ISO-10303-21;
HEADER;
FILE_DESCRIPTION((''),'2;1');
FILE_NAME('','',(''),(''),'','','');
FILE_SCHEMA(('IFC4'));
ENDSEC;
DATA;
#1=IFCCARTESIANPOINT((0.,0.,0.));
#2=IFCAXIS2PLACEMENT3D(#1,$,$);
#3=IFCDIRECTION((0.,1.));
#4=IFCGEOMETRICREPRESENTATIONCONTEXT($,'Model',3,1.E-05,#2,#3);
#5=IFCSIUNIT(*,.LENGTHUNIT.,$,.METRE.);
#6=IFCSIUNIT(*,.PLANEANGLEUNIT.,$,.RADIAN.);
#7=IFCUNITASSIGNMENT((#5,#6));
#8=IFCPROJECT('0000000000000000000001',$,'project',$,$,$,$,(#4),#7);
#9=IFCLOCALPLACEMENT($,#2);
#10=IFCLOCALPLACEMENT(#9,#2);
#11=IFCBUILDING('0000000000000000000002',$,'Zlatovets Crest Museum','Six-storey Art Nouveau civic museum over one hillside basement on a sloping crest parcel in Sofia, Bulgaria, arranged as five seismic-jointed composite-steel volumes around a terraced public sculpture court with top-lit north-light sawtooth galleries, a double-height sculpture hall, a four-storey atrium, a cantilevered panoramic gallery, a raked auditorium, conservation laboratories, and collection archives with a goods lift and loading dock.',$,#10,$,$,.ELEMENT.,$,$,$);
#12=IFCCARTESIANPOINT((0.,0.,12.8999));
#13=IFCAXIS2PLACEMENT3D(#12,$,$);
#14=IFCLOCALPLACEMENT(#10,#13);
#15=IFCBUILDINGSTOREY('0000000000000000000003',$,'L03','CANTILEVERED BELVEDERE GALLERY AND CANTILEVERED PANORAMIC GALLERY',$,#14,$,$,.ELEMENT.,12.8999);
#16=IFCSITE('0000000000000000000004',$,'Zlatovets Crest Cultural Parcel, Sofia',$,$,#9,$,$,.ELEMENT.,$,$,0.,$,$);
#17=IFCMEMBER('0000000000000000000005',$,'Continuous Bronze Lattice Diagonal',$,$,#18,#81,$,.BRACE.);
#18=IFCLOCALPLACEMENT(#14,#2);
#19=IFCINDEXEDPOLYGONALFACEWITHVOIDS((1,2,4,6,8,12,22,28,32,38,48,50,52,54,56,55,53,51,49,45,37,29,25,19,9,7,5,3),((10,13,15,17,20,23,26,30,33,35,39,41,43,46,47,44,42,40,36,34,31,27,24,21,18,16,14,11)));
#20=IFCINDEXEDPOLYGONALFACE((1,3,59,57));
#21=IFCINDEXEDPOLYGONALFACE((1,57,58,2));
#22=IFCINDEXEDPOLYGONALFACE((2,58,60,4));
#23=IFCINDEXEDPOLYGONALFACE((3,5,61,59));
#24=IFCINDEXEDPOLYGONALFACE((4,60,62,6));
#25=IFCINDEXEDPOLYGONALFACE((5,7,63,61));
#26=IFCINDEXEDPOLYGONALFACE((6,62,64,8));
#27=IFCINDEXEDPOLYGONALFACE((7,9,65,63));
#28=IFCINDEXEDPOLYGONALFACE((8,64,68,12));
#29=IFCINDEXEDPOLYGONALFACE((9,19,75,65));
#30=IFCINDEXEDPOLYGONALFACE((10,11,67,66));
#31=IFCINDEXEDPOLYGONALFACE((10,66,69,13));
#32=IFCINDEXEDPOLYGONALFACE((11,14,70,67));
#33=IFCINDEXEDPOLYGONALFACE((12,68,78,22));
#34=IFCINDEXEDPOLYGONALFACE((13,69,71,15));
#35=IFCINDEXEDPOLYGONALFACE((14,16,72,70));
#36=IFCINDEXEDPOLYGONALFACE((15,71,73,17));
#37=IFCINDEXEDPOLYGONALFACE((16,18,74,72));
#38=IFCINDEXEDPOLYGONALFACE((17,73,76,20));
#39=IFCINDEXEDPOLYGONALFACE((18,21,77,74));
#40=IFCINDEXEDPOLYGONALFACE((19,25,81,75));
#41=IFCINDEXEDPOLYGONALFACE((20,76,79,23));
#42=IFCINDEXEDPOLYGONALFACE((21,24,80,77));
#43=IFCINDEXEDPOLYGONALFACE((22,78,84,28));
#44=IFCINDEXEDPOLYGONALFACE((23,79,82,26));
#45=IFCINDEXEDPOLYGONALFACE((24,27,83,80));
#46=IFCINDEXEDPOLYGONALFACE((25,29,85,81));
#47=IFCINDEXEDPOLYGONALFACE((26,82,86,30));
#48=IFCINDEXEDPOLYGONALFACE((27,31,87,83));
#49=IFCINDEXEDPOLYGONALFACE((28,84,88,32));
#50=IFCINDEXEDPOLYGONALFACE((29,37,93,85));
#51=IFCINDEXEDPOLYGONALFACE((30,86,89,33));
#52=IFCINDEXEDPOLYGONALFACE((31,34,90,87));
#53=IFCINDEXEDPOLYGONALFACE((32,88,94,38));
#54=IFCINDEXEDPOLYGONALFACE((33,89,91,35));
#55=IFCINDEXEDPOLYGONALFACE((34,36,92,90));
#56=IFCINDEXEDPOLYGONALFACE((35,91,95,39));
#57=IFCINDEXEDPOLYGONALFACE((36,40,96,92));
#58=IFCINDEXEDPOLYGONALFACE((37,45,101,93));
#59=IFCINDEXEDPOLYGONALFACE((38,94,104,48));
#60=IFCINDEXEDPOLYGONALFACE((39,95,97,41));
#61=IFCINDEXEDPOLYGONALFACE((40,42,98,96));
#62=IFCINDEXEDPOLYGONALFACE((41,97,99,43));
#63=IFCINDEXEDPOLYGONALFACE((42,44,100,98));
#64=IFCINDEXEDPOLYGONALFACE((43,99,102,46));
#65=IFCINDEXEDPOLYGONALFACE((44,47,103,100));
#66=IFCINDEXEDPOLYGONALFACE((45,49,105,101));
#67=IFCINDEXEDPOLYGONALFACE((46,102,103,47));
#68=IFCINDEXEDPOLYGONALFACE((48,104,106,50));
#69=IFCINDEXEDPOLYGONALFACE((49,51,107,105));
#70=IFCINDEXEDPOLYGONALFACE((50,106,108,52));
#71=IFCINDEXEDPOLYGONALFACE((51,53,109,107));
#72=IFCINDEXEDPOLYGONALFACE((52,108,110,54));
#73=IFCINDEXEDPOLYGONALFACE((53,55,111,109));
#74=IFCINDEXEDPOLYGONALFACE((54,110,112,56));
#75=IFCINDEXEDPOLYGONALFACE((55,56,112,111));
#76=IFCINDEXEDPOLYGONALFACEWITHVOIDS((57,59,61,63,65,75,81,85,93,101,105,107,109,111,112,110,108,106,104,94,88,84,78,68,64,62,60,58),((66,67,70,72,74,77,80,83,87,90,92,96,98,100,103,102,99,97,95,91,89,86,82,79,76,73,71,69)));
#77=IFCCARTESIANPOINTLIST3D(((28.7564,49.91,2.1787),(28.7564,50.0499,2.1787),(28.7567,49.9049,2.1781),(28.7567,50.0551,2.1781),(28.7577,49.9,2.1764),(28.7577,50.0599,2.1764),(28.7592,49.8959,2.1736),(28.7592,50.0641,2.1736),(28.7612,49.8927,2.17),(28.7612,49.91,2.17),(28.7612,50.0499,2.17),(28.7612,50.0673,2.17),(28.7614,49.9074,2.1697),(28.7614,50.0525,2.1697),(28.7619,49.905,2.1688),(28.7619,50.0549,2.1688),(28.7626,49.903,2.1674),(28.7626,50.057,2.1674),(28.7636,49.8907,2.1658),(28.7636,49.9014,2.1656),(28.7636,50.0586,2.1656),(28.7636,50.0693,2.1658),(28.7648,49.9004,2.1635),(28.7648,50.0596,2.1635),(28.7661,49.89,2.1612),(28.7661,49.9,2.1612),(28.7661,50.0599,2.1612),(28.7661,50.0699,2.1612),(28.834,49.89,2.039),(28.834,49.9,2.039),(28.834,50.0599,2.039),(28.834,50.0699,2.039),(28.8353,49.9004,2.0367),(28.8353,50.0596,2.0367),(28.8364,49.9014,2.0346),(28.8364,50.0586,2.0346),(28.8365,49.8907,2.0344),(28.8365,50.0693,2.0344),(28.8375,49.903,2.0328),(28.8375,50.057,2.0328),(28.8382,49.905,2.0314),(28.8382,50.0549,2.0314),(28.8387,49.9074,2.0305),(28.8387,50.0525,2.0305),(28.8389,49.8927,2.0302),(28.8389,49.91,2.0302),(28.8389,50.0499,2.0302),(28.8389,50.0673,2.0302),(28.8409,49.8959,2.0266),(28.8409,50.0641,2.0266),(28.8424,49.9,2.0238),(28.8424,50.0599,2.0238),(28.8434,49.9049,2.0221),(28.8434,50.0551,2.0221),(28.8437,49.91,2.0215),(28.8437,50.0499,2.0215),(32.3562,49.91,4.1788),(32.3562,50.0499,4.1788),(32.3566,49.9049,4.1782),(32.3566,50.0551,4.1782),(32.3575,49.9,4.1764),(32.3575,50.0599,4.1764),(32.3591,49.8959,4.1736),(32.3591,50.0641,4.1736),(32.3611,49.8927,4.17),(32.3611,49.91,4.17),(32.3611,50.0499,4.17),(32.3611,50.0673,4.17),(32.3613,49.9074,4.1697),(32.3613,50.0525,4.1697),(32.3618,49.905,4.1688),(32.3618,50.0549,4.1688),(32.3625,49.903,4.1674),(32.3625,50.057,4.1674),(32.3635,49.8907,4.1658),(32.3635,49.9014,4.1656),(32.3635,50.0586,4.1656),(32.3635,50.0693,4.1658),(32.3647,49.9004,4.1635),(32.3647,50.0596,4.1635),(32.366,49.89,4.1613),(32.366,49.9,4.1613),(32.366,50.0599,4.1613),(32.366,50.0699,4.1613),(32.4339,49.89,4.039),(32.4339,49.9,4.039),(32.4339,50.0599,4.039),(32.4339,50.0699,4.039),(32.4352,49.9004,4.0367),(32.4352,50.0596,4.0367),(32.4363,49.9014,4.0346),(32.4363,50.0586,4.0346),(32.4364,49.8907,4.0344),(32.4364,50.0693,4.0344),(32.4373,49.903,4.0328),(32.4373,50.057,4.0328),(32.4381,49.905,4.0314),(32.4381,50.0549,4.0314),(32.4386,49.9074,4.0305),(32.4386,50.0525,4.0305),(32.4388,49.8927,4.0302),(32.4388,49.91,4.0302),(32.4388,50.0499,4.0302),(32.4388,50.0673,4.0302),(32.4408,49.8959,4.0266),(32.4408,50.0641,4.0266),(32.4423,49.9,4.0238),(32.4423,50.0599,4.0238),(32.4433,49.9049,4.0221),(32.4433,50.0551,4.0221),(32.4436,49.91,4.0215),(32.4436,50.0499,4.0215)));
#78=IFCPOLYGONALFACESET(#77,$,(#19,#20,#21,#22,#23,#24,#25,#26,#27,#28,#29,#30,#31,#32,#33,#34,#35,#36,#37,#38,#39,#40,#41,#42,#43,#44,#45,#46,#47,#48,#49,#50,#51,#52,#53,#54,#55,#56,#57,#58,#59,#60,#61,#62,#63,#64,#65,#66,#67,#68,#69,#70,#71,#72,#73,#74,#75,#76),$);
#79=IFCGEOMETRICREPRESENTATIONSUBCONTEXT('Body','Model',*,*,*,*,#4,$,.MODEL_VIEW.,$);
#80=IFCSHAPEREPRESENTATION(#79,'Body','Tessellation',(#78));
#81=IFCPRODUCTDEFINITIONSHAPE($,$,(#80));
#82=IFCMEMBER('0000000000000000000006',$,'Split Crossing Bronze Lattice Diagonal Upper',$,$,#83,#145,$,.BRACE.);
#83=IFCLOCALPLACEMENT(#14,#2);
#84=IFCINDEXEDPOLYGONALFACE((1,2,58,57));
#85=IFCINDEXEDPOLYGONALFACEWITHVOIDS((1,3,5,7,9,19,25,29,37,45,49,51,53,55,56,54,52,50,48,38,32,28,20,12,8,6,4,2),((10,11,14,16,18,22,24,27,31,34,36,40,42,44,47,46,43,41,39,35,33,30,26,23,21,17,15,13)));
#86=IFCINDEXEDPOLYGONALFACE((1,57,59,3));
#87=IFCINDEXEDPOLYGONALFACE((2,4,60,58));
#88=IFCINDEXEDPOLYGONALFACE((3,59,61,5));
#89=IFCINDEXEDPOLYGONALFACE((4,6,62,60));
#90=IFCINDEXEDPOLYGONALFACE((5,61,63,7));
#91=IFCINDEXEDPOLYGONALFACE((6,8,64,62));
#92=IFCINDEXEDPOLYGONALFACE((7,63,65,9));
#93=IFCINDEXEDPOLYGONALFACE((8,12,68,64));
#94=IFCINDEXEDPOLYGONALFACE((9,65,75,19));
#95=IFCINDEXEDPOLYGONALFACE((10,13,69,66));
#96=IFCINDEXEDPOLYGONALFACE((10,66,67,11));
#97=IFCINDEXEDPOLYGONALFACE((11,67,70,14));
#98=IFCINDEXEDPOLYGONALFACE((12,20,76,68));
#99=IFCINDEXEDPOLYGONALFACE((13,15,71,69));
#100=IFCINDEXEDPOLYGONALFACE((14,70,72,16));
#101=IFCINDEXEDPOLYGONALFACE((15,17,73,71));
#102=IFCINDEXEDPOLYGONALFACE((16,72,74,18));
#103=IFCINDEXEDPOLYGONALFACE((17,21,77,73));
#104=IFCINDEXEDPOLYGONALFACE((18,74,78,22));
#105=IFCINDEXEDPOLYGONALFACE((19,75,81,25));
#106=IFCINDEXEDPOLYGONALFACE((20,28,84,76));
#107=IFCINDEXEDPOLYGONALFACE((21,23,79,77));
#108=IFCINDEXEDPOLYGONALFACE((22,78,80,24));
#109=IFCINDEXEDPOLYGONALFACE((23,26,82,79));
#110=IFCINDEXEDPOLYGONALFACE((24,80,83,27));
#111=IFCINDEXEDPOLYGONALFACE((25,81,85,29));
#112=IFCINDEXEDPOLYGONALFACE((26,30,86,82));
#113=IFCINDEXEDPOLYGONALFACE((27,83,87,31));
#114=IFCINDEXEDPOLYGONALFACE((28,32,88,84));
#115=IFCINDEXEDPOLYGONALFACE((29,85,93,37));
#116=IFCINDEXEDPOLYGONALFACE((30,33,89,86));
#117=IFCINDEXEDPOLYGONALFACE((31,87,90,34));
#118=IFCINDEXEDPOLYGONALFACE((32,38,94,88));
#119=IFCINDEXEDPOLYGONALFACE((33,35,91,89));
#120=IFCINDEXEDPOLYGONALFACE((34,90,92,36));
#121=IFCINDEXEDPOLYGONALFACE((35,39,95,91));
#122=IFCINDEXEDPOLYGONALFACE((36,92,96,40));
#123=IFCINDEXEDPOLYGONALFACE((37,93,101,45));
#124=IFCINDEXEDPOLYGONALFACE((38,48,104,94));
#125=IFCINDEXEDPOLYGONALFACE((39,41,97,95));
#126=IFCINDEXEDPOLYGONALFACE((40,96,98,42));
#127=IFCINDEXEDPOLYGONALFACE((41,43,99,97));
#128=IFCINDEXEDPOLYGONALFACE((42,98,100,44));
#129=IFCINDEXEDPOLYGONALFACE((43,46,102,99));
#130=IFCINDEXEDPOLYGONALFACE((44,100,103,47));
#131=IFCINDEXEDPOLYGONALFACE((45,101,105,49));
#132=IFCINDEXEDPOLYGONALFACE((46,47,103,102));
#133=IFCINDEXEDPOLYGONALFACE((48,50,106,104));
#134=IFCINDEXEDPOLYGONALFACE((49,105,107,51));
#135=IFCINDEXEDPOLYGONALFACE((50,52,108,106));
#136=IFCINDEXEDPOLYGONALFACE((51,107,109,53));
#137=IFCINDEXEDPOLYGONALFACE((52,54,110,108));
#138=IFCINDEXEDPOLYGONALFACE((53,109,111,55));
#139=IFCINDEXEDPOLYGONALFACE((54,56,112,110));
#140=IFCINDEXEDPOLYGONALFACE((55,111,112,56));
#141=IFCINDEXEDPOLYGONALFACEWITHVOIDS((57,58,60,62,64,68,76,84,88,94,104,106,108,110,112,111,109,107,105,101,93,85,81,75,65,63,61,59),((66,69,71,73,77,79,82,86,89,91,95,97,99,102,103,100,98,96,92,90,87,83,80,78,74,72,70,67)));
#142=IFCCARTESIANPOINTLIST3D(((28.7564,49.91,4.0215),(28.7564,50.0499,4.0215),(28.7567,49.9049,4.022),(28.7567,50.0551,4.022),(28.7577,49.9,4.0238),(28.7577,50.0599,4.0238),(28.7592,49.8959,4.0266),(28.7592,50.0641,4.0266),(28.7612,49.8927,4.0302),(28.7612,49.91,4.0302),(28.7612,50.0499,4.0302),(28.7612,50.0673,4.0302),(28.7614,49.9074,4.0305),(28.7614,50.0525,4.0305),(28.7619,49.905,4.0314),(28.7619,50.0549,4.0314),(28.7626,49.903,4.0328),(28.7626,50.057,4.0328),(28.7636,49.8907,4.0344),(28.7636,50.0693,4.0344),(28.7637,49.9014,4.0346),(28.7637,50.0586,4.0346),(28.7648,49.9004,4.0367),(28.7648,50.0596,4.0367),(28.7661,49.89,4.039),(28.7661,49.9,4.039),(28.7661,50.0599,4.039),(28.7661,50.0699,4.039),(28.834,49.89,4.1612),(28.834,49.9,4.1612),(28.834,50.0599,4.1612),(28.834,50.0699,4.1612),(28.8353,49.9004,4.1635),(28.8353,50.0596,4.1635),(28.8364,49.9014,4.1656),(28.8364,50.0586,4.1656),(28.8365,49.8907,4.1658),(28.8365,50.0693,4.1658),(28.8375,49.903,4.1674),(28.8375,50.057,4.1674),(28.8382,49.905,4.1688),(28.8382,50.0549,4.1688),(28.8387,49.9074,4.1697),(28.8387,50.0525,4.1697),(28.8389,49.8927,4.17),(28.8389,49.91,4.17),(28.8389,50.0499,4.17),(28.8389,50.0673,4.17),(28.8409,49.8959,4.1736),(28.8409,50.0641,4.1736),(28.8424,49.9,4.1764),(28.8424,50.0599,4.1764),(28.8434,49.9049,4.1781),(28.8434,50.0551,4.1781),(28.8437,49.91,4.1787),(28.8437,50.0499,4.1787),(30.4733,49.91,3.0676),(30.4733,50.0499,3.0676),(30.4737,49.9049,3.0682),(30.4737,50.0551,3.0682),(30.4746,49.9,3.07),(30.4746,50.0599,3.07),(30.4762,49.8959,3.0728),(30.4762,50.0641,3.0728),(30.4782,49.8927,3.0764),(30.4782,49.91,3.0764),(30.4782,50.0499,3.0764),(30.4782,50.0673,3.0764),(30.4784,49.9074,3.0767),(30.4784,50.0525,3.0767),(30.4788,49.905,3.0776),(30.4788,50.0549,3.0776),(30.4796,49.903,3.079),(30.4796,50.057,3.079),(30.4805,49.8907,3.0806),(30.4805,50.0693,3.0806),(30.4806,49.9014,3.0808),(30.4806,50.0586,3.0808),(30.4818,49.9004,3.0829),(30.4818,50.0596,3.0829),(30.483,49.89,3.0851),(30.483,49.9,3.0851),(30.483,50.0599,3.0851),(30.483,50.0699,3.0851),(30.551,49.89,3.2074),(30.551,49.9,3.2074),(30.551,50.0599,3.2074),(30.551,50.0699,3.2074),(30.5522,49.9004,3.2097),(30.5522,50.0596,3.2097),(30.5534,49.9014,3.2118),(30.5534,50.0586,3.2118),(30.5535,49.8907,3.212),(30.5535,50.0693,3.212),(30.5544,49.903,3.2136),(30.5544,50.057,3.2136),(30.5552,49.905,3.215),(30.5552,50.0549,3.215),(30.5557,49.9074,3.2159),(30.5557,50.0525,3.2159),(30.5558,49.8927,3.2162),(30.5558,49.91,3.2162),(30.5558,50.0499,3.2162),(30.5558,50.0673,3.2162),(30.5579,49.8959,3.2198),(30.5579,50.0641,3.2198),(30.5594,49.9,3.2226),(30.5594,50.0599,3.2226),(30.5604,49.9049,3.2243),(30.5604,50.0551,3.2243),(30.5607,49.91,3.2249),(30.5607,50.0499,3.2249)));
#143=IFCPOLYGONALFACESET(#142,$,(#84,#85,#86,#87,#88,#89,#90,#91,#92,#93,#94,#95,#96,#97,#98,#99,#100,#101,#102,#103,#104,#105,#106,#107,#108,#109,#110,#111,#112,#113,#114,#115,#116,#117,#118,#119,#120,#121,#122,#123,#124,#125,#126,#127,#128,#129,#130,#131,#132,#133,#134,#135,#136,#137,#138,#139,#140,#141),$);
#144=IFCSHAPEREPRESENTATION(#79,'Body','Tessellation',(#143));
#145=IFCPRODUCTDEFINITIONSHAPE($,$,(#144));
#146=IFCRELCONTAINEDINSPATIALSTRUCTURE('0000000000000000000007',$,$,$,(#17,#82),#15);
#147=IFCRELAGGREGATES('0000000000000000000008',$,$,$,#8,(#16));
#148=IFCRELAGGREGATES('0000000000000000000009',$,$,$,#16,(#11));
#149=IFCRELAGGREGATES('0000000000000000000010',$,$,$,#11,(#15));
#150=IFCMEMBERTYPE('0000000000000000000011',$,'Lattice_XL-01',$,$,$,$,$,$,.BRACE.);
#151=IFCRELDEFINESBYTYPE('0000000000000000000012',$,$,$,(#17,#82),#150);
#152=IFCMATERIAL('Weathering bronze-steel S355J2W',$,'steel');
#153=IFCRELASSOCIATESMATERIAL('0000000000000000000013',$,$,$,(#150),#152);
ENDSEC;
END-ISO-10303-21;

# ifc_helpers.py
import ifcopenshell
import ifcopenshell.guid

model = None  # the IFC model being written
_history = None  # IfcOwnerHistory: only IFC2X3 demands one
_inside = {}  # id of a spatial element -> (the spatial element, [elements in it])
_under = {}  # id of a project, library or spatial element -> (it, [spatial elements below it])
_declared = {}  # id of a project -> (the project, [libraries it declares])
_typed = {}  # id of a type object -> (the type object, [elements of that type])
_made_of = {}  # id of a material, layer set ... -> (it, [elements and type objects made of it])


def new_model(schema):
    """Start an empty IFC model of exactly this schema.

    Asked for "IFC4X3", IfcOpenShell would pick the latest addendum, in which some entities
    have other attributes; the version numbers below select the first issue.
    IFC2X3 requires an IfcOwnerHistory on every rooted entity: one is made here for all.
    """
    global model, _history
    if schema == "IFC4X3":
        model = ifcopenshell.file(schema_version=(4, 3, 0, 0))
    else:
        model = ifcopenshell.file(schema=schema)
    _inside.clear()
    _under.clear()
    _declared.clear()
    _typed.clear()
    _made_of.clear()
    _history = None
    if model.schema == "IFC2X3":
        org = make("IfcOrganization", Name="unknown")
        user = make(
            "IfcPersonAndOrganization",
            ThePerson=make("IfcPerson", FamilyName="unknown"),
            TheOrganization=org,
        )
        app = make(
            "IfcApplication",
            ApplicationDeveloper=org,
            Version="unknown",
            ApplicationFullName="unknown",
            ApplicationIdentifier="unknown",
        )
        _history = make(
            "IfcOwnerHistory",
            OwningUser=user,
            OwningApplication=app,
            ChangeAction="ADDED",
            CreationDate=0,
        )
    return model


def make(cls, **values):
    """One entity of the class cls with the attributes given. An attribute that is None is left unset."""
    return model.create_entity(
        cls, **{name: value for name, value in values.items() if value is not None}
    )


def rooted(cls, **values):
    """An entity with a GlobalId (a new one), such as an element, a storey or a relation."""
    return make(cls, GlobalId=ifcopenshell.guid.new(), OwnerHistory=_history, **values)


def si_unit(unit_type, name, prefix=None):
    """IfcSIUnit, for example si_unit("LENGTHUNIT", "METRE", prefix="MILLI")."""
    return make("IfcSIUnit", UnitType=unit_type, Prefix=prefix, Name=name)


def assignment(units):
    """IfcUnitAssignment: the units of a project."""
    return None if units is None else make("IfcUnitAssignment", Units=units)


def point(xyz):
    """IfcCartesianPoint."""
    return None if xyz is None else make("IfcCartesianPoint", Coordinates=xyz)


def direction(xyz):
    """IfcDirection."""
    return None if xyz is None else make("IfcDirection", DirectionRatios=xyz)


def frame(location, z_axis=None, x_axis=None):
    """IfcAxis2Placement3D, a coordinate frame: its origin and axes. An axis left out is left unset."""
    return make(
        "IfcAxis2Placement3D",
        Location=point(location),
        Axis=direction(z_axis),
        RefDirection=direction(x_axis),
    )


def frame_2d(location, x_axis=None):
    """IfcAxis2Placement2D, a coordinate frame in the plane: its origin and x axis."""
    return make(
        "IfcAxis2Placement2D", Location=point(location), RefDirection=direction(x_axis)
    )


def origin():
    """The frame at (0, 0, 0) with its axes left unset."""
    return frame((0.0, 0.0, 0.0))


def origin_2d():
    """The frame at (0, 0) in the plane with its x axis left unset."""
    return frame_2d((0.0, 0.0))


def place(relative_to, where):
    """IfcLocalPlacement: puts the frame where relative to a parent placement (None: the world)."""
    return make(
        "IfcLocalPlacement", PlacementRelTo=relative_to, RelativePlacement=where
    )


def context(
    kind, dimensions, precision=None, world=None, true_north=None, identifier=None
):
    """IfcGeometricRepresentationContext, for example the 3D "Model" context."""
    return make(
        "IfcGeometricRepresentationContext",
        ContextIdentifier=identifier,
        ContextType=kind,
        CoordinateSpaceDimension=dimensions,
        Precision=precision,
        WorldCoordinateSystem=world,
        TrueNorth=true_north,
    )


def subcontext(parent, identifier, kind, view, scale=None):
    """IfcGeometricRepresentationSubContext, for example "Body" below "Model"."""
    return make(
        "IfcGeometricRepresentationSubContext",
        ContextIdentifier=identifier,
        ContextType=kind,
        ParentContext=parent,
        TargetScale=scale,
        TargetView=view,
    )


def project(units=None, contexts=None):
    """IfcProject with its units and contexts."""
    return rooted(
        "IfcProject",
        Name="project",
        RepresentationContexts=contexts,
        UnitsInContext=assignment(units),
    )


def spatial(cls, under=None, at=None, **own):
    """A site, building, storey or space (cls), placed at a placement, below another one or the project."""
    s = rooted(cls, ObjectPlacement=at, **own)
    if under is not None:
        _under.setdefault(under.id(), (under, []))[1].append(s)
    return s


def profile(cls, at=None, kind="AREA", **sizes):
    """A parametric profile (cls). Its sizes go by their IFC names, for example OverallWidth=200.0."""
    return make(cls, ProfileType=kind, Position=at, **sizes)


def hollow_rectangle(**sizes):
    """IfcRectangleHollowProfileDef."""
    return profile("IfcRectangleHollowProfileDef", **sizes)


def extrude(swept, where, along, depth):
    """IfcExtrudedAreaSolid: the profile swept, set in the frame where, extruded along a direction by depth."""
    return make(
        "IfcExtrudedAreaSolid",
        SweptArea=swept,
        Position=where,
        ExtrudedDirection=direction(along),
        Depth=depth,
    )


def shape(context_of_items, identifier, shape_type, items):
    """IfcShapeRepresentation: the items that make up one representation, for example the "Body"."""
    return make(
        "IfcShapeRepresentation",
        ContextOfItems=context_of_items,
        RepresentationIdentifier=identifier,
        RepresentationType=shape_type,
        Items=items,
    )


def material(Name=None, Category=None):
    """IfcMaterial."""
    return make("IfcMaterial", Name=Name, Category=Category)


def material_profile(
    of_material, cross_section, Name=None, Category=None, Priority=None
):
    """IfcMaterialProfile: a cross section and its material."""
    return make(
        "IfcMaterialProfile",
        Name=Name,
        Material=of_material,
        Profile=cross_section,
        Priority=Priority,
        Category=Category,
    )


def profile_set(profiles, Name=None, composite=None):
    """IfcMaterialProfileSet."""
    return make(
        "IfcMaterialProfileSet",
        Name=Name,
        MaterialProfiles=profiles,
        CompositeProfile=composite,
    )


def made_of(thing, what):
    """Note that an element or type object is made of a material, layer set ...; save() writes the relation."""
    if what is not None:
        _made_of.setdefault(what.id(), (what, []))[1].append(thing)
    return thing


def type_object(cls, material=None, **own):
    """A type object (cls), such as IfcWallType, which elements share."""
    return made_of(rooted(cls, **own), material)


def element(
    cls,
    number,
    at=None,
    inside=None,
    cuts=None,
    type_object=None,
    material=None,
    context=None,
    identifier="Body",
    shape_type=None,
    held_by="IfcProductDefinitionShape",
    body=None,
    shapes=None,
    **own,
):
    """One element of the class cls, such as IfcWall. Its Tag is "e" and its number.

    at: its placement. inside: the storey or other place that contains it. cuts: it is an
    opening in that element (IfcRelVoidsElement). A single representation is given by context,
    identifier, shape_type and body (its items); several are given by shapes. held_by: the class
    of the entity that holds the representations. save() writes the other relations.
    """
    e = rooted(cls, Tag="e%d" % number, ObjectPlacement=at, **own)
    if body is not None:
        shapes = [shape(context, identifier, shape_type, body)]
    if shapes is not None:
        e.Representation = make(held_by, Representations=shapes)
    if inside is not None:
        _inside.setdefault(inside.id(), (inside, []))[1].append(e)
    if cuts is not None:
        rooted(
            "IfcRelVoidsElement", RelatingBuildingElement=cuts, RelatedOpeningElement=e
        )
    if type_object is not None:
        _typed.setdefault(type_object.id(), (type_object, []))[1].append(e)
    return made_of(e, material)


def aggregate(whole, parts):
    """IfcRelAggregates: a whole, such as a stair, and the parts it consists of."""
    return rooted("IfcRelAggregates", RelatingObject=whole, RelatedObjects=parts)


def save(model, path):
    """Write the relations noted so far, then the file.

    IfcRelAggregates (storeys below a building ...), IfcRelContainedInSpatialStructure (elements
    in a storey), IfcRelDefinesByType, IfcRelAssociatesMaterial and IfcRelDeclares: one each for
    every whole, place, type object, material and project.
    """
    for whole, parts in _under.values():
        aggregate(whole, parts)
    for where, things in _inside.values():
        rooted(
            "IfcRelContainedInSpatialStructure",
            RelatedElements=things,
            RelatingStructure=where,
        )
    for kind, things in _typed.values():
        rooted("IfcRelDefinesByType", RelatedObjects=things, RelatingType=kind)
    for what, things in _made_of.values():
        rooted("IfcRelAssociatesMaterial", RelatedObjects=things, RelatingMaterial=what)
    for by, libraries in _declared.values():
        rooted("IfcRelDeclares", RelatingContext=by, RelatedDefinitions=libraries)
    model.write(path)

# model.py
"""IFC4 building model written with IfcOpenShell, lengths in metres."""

from ifc_helpers import new_model, si_unit, direction, frame, origin, origin_2d, place, context, subcontext, project, spatial, hollow_rectangle, extrude, material, material_profile, profile_set, type_object, element, save


model = new_model("IFC4")

# Units and contexts
model_context = context("Model", 3, precision=1e-05, world=origin(), true_north=direction((0.0, 1.0)))
body_context = subcontext(model_context, "Body", "Model", "MODEL_VIEW")
ifc_project = project(units=[si_unit("LENGTHUNIT", "METRE"), si_unit("PLANEANGLEUNIT", "RADIAN")], contexts=[model_context])

# Site, building, storey
site_placement = place(None, origin())
site = spatial("IfcSite", under=ifc_project, at=site_placement, Name="Zlatovets Crest Cultural Parcel, Sofia", CompositionType="ELEMENT", RefElevation=0.0)
building_placement = place(site_placement, origin())
building = spatial("IfcBuilding", under=site, at=building_placement, Name="Zlatovets Crest Museum", Description="Six-storey Art Nouveau civic museum over one hillside basement on a sloping crest parcel in Sofia, Bulgaria, arranged as five seismic-jointed composite-steel volumes around a terraced public sculpture court with top-lit north-light sawtooth galleries, a double-height sculpture hall, a four-storey atrium, a cantilevered panoramic gallery, a raked auditorium, conservation laboratories, and collection archives with a goods lift and loading dock.", CompositionType="ELEMENT")
storey_placement = place(building_placement, frame((0.0, 0.0, 12.8999)))
storey = spatial("IfcBuildingStorey", under=building, at=storey_placement, Name="L03", Description="CANTILEVERED BELVEDERE GALLERY AND CANTILEVERED PANORAMIC GALLERY", CompositionType="ELEMENT", Elevation=12.8999)

# Members
ifc_material_1 = material(Name="Weathering bronze-steel S355J2W", Category="steel")
ifc_material_profile_1 = material_profile(ifc_material_1, hollow_rectangle(XDim=0.1799, YDim=0.1799, WallThickness=0.01, InnerFilletRadius=0.01, OuterFilletRadius=0.02, at=origin_2d()), Name="SHS 180x180x10.0")
ifc_profile_set_1 = profile_set([ifc_material_profile_1], Name="Weathering bronze-steel S355J2W")
member_type_1 = type_object("IfcMemberType", Name="Lattice_XL-01", PredefinedType="BRACE", material=ifc_profile_set_1)
member_1_placement = place(storey_placement, frame((28.8, 49.98, 2.1001), z_axis=(0.874149, 0.0, 0.485658), x_axis=(0.0, 1.0, 0.0)))
element("IfcMember", 1, at=member_1_placement, inside=storey, type_object=member_type_1, Name="Continuous Bronze Lattice Diagonal", PredefinedType="BRACE", context=body_context, shape_type="SweptSolid", body=[
    extrude(hollow_rectangle(XDim=0.1799, YDim=0.1799, WallThickness=0.01, InnerFilletRadius=0.01, OuterFilletRadius=0.02, at=origin_2d()), origin(), (0.0, 0.0, 1.0), 4.1182),
])
member_2_placement = place(storey_placement, frame((28.8, 49.98, 4.1001), z_axis=(0.874169, 0.0, -0.485622), x_axis=(0.0, 1.0, 0.0)))
element("IfcMember", 2, at=member_2_placement, inside=storey, type_object=member_type_1, Name="Split Crossing Bronze Lattice Diagonal Upper", PredefinedType="BRACE", context=body_context, shape_type="SweptSolid", body=[
    extrude(hollow_rectangle(XDim=0.1799, YDim=0.1799, WallThickness=0.01, InnerFilletRadius=0.01, OuterFilletRadius=0.02, at=origin_2d()), origin(), (0.0, 0.0, 1.0), 1.9641),
])

save(model, "model.ifc")
